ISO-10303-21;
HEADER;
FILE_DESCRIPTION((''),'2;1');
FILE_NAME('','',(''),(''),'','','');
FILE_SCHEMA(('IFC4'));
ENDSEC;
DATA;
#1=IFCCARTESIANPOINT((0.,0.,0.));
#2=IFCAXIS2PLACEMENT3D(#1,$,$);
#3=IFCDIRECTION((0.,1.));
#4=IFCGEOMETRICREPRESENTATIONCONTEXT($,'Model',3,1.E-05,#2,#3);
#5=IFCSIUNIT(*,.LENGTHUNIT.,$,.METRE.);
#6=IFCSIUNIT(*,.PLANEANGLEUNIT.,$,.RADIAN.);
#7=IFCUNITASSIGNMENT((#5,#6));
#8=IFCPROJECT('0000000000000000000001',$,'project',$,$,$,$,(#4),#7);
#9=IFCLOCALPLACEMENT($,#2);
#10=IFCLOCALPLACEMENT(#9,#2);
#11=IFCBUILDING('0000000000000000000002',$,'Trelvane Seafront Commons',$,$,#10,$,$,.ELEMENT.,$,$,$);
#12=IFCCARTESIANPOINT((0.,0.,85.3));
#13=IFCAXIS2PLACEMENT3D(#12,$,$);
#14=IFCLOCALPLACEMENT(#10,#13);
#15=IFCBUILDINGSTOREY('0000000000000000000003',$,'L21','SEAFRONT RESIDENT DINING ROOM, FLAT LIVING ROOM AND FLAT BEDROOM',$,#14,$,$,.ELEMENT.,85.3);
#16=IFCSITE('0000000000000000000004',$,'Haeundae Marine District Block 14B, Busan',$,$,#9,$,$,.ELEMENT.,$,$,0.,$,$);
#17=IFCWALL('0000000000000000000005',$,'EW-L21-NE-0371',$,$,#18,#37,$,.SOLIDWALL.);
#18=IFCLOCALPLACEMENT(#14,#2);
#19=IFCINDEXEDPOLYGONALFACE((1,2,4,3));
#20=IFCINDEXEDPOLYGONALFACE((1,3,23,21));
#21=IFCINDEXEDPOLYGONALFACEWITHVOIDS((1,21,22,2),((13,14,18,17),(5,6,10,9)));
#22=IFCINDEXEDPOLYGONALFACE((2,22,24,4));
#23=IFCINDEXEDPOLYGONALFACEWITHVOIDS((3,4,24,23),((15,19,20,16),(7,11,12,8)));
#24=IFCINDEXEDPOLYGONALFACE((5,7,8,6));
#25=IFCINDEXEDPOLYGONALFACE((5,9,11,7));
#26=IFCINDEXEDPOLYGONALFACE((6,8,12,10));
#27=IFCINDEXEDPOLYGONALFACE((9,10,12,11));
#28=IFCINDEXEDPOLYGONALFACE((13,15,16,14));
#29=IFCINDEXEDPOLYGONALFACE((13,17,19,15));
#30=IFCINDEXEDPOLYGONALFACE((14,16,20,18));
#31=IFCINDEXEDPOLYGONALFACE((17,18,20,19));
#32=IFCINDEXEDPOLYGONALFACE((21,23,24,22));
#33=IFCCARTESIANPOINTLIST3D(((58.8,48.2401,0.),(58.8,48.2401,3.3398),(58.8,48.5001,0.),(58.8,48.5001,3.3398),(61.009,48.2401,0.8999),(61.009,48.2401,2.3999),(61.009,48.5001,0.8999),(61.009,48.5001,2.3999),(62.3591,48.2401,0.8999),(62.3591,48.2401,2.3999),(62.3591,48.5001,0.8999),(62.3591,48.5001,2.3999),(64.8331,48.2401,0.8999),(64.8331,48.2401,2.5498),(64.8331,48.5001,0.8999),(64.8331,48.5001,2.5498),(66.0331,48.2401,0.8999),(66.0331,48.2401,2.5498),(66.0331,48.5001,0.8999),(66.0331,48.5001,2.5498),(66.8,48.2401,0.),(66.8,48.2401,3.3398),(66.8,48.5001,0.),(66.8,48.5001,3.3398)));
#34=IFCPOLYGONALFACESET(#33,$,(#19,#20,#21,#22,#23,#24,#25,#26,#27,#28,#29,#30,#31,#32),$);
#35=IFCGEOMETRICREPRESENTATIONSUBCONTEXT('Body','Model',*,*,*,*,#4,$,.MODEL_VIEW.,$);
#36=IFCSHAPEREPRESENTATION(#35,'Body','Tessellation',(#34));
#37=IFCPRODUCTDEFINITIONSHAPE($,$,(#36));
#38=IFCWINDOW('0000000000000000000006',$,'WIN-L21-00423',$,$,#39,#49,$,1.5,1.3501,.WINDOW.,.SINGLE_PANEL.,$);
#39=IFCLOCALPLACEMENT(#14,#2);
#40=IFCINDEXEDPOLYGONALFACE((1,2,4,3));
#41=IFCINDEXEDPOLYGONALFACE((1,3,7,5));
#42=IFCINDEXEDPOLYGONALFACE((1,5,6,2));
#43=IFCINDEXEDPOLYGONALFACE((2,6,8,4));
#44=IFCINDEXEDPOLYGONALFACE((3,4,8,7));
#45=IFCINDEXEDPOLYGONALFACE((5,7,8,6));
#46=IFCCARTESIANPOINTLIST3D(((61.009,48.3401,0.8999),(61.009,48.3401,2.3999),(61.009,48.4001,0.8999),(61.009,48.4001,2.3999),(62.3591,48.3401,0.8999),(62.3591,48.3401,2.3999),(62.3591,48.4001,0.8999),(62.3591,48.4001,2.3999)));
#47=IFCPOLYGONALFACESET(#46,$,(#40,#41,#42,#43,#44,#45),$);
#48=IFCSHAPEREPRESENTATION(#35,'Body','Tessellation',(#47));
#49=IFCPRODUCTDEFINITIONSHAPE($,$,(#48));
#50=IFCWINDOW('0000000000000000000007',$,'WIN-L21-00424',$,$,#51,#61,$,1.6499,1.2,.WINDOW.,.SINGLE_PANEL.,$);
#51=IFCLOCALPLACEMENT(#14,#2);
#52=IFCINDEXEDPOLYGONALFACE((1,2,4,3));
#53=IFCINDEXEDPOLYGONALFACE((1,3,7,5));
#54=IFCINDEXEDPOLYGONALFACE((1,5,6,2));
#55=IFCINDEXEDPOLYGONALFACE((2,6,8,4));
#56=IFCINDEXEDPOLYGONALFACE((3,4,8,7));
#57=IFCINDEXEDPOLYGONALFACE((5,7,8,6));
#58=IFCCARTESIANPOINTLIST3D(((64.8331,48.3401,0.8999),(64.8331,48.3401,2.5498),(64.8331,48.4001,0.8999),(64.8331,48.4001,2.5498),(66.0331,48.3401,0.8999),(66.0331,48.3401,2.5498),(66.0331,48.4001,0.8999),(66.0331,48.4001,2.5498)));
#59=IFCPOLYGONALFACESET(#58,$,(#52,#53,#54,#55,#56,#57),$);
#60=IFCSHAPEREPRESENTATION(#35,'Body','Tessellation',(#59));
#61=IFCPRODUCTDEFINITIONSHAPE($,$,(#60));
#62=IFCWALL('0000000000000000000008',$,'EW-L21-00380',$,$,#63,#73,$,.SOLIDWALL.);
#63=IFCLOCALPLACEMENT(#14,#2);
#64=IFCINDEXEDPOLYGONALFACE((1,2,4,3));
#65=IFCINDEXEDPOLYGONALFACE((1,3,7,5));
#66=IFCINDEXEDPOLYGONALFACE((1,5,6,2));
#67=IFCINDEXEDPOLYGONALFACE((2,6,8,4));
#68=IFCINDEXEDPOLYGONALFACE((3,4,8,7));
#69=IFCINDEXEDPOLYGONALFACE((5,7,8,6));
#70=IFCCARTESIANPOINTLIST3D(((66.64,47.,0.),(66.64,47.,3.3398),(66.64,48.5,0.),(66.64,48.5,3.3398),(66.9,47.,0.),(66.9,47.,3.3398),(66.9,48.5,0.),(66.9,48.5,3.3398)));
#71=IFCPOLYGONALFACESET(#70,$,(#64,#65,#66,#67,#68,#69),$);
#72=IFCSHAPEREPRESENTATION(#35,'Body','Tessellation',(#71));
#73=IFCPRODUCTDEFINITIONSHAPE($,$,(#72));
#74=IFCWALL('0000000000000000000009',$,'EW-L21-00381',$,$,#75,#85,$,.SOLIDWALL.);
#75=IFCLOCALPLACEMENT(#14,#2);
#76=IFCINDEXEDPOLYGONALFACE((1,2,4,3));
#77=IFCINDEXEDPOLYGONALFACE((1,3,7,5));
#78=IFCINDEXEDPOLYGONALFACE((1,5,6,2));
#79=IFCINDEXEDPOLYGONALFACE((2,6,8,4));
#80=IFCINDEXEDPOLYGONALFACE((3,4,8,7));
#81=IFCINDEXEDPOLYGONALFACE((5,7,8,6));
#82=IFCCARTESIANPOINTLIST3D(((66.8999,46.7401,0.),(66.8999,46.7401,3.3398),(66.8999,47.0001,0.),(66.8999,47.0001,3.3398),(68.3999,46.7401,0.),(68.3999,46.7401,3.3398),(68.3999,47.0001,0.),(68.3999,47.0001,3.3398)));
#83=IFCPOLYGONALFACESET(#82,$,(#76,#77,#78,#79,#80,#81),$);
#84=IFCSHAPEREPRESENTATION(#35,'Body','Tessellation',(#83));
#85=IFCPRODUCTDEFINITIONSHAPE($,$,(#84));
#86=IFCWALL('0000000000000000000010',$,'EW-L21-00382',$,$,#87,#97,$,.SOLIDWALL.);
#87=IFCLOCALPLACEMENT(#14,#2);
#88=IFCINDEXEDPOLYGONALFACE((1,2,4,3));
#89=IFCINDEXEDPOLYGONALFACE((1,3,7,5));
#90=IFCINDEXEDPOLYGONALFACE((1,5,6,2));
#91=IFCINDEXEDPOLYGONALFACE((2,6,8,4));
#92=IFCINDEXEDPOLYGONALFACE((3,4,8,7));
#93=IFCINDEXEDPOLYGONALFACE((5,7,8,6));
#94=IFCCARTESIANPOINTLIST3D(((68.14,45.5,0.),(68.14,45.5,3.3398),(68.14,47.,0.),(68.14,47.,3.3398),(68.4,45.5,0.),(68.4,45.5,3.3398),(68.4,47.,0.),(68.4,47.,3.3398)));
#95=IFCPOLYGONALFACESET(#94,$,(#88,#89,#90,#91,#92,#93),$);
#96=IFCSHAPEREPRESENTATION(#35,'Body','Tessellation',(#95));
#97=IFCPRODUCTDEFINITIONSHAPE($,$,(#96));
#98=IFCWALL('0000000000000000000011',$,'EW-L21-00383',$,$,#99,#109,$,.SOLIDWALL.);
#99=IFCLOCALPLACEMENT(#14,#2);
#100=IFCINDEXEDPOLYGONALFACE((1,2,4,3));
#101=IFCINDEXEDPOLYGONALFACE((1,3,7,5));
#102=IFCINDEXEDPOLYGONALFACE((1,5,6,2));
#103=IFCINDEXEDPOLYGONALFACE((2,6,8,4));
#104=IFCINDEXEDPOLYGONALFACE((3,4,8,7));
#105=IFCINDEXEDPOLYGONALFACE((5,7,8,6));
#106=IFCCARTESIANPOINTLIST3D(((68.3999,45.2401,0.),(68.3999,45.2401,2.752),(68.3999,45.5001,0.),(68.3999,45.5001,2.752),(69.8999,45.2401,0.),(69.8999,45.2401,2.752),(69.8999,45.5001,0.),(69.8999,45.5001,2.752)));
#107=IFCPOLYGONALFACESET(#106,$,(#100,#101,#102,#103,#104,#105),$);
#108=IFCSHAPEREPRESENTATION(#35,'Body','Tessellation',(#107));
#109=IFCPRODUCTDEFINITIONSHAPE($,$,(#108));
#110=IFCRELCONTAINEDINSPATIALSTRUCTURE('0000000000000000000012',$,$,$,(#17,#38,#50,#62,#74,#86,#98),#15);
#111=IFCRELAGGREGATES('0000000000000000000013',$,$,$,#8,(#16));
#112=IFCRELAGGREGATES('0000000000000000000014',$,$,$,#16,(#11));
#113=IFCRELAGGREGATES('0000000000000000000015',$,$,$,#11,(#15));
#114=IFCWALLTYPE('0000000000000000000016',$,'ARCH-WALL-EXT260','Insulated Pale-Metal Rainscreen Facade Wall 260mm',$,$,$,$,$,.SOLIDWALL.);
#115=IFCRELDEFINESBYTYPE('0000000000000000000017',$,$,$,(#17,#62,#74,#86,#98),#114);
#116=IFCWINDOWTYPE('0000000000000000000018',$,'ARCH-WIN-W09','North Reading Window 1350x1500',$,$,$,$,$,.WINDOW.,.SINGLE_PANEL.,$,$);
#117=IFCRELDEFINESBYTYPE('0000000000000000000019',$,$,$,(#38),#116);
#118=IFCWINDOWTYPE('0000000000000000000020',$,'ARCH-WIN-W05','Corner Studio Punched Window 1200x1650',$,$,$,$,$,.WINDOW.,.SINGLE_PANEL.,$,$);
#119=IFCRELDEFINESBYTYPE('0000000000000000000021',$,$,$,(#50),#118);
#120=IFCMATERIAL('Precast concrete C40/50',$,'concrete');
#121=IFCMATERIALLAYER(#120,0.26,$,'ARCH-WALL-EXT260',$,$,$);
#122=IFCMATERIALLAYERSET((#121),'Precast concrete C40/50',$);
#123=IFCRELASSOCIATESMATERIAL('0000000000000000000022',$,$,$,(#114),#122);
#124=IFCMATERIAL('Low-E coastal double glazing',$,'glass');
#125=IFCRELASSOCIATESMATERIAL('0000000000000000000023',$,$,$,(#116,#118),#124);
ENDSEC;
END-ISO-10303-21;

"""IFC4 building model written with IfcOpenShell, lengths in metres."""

from ifc_helpers import new_model, si_unit, direction, frame, frame_2d, origin, place, context, subcontext, project, spatial, rectangle, extrude, source, transform, mapped, material, layer, layer_set, type_object, element, fill, save


model = new_model("IFC4")

# Units and contexts
model_context = context("Model", 3, precision=1e-05, world=origin(), true_north=direction((0.0, 1.0)))
body_context = subcontext(model_context, "Body", "Model", "MODEL_VIEW")
ifc_project = project(units=[si_unit("LENGTHUNIT", "METRE"), si_unit("PLANEANGLEUNIT", "RADIAN")], contexts=[model_context])

# Site, building, storey
site_placement = place(None, origin())
site = spatial("IfcSite", under=ifc_project, at=site_placement, Name="Haeundae Marine District Block 14B, Busan", CompositionType="ELEMENT", RefElevation=0.0)
building_placement = place(site_placement, origin())
building = spatial("IfcBuilding", under=site, at=building_placement, Name="Trelvane Seafront Commons", CompositionType="ELEMENT")
storey_placement = place(building_placement, frame((0.0, 0.0, 85.3)))
storey = spatial("IfcBuildingStorey", under=building, at=storey_placement, Name="L21", Description="SEAFRONT RESIDENT DINING ROOM, FLAT LIVING ROOM AND FLAT BEDROOM", CompositionType="ELEMENT", Elevation=85.3)

# Wall, openings, windows
ifc_material_1 = material(Name="Precast concrete C40/50", Category="concrete")
ifc_layer_1 = layer(ifc_material_1, 0.26, Name="ARCH-WALL-EXT260")
ifc_layer_set_1 = layer_set([ifc_layer_1], Name="Precast concrete C40/50")
wall_type_1 = type_object("IfcWallType", Name="ARCH-WALL-EXT260", Description="Insulated Pale-Metal Rainscreen Facade Wall 260mm", PredefinedType="SOLIDWALL", material=ifc_layer_set_1)
wall_1_placement = place(storey_placement, frame((58.8, 48.3701, 0.0), z_axis=(0.0, 0.0, 1.0), x_axis=(1.0, 0.0, 0.0)))
wall_1 = element("IfcWall", 1, at=wall_1_placement, inside=storey, type_object=wall_type_1, Name="EW-L21-NE-0371", PredefinedType="SOLIDWALL", context=body_context, shape_type="SweptSolid", body=[
    extrude(rectangle(XDim=8.0, YDim=0.26, at=frame_2d((4.0, 0.0))), origin(), (0.0, 0.0, 1.0), 3.3398),
])
opening_1_placement = place(wall_1_placement, frame((2.209, 0.0, 0.8999)))
opening_1 = element("IfcOpeningElement", 2, at=opening_1_placement, cuts=wall_1, PredefinedType="OPENING", context=body_context, shape_type="SweptSolid", body=[
    extrude(rectangle(XDim=1.3501, YDim=1.5, at=frame_2d((0.675, 0.75))), frame((0.0, 0.1399, 0.0), z_axis=(0.0, -1.0, 0.0), x_axis=(1.0, 0.0, 0.0)), (0.0, 0.0, 1.0), 0.28),
])
opening_2_placement = place(wall_1_placement, frame((6.033, 0.0, 0.8999)))
opening_2 = element("IfcOpeningElement", 3, at=opening_2_placement, cuts=wall_1, PredefinedType="OPENING", context=body_context, shape_type="SweptSolid", body=[
    extrude(rectangle(XDim=1.2, YDim=1.6499, at=frame_2d((0.6001, 0.825))), frame((0.0, 0.1399, 0.0), z_axis=(0.0, -1.0, 0.0), x_axis=(1.0, 0.0, 0.0)), (0.0, 0.0, 1.0), 0.28),
])
ifc_material_2 = material(Name="Low-E coastal double glazing", Category="glass")
window_type_1 = type_object("IfcWindowType", Name="ARCH-WIN-W09", Description="North Reading Window 1350x1500", PartitioningType="SINGLE_PANEL", PredefinedType="WINDOW", material=ifc_material_2)
shared_shape_1 = source(origin(), body_context, "Body", "SweptSolid", [
    extrude(rectangle(XDim=1.3501, YDim=1.5, at=frame_2d((0.675, 0.75))), frame((0.0, 0.03, 0.0), z_axis=(0.0, -1.0, 0.0), x_axis=(1.0, 0.0, 0.0)), (0.0, 0.0, 1.0), 0.0601),
])
window_1_placement = place(opening_1_placement, origin())
window_1 = element("IfcWindow", 4, at=window_1_placement, inside=storey, type_object=window_type_1, Name="WIN-L21-00423", OverallHeight=1.5, OverallWidth=1.3501, PartitioningType="SINGLE_PANEL", PredefinedType="WINDOW", context=body_context, shape_type="MappedRepresentation", body=[
    mapped(shared_shape_1, transform((0.0, 0.0, 0.0), x_axis=(1.0, 0.0, 0.0), y_axis=(0.0, 1.0, 0.0), z_axis=(0.0, 0.0, 1.0), scale=1.0)),
])
fill(opening_1, window_1)
window_type_2 = type_object("IfcWindowType", Name="ARCH-WIN-W05", Description="Corner Studio Punched Window 1200x1650", PartitioningType="SINGLE_PANEL", PredefinedType="WINDOW", material=ifc_material_2)
shared_shape_2 = source(origin(), body_context, "Body", "SweptSolid", [
    extrude(rectangle(XDim=1.2, YDim=1.6499, at=frame_2d((0.6001, 0.825))), frame((0.0, 0.03, 0.0), z_axis=(0.0, -1.0, 0.0), x_axis=(1.0, 0.0, 0.0)), (0.0, 0.0, 1.0), 0.0601),
])
window_2_placement = place(opening_2_placement, origin())
window_2 = element("IfcWindow", 5, at=window_2_placement, inside=storey, type_object=window_type_2, Name="WIN-L21-00424", OverallHeight=1.6499, OverallWidth=1.2, PartitioningType="SINGLE_PANEL", PredefinedType="WINDOW", context=body_context, shape_type="MappedRepresentation", body=[
    mapped(shared_shape_2, transform((0.0, 0.0, 0.0), x_axis=(1.0, 0.0, 0.0), y_axis=(0.0, 1.0, 0.0), z_axis=(0.0, 0.0, 1.0), scale=1.0)),
])
fill(opening_2, window_2)

# Walls
for number, where, z_axis, x_axis, name in (
    (6, (66.77, 48.5, 0.0), (0.0, 0.0, 1.0), (0.0, -1.0, 0.0), "EW-L21-00380"),
    (7, (66.8999, 46.8701, 0.0), (0.0, 0.0, 1.0), (1.0, 0.0, 0.0), "EW-L21-00381"),
    (8, (68.27, 47.0, 0.0), (0.0, 0.0, 1.0), (0.0, -1.0, 0.0), "EW-L21-00382"),
):
    element("IfcWall", number, at=place(storey_placement, frame(where, z_axis=z_axis, x_axis=x_axis)), inside=storey, type_object=wall_type_1, Name=name, PredefinedType="SOLIDWALL", context=body_context, shape_type="SweptSolid", body=[
        extrude(rectangle(XDim=1.5, YDim=0.26, at=frame_2d((0.75, 0.0))), origin(), (0.0, 0.0, 1.0), 3.3398),
    ])
wall_2_placement = place(storey_placement, frame((68.3999, 45.3701, 0.0), z_axis=(0.0, 0.0, 1.0), x_axis=(1.0, 0.0, 0.0)))
element("IfcWall", 9, at=wall_2_placement, inside=storey, type_object=wall_type_1, Name="EW-L21-00383", PredefinedType="SOLIDWALL", context=body_context, shape_type="SweptSolid", body=[
    extrude(rectangle(XDim=1.5, YDim=0.26, at=frame_2d((0.75, 0.0))), origin(), (0.0, 0.0, 1.0), 2.752),
])

save(model, "model.ifc")
